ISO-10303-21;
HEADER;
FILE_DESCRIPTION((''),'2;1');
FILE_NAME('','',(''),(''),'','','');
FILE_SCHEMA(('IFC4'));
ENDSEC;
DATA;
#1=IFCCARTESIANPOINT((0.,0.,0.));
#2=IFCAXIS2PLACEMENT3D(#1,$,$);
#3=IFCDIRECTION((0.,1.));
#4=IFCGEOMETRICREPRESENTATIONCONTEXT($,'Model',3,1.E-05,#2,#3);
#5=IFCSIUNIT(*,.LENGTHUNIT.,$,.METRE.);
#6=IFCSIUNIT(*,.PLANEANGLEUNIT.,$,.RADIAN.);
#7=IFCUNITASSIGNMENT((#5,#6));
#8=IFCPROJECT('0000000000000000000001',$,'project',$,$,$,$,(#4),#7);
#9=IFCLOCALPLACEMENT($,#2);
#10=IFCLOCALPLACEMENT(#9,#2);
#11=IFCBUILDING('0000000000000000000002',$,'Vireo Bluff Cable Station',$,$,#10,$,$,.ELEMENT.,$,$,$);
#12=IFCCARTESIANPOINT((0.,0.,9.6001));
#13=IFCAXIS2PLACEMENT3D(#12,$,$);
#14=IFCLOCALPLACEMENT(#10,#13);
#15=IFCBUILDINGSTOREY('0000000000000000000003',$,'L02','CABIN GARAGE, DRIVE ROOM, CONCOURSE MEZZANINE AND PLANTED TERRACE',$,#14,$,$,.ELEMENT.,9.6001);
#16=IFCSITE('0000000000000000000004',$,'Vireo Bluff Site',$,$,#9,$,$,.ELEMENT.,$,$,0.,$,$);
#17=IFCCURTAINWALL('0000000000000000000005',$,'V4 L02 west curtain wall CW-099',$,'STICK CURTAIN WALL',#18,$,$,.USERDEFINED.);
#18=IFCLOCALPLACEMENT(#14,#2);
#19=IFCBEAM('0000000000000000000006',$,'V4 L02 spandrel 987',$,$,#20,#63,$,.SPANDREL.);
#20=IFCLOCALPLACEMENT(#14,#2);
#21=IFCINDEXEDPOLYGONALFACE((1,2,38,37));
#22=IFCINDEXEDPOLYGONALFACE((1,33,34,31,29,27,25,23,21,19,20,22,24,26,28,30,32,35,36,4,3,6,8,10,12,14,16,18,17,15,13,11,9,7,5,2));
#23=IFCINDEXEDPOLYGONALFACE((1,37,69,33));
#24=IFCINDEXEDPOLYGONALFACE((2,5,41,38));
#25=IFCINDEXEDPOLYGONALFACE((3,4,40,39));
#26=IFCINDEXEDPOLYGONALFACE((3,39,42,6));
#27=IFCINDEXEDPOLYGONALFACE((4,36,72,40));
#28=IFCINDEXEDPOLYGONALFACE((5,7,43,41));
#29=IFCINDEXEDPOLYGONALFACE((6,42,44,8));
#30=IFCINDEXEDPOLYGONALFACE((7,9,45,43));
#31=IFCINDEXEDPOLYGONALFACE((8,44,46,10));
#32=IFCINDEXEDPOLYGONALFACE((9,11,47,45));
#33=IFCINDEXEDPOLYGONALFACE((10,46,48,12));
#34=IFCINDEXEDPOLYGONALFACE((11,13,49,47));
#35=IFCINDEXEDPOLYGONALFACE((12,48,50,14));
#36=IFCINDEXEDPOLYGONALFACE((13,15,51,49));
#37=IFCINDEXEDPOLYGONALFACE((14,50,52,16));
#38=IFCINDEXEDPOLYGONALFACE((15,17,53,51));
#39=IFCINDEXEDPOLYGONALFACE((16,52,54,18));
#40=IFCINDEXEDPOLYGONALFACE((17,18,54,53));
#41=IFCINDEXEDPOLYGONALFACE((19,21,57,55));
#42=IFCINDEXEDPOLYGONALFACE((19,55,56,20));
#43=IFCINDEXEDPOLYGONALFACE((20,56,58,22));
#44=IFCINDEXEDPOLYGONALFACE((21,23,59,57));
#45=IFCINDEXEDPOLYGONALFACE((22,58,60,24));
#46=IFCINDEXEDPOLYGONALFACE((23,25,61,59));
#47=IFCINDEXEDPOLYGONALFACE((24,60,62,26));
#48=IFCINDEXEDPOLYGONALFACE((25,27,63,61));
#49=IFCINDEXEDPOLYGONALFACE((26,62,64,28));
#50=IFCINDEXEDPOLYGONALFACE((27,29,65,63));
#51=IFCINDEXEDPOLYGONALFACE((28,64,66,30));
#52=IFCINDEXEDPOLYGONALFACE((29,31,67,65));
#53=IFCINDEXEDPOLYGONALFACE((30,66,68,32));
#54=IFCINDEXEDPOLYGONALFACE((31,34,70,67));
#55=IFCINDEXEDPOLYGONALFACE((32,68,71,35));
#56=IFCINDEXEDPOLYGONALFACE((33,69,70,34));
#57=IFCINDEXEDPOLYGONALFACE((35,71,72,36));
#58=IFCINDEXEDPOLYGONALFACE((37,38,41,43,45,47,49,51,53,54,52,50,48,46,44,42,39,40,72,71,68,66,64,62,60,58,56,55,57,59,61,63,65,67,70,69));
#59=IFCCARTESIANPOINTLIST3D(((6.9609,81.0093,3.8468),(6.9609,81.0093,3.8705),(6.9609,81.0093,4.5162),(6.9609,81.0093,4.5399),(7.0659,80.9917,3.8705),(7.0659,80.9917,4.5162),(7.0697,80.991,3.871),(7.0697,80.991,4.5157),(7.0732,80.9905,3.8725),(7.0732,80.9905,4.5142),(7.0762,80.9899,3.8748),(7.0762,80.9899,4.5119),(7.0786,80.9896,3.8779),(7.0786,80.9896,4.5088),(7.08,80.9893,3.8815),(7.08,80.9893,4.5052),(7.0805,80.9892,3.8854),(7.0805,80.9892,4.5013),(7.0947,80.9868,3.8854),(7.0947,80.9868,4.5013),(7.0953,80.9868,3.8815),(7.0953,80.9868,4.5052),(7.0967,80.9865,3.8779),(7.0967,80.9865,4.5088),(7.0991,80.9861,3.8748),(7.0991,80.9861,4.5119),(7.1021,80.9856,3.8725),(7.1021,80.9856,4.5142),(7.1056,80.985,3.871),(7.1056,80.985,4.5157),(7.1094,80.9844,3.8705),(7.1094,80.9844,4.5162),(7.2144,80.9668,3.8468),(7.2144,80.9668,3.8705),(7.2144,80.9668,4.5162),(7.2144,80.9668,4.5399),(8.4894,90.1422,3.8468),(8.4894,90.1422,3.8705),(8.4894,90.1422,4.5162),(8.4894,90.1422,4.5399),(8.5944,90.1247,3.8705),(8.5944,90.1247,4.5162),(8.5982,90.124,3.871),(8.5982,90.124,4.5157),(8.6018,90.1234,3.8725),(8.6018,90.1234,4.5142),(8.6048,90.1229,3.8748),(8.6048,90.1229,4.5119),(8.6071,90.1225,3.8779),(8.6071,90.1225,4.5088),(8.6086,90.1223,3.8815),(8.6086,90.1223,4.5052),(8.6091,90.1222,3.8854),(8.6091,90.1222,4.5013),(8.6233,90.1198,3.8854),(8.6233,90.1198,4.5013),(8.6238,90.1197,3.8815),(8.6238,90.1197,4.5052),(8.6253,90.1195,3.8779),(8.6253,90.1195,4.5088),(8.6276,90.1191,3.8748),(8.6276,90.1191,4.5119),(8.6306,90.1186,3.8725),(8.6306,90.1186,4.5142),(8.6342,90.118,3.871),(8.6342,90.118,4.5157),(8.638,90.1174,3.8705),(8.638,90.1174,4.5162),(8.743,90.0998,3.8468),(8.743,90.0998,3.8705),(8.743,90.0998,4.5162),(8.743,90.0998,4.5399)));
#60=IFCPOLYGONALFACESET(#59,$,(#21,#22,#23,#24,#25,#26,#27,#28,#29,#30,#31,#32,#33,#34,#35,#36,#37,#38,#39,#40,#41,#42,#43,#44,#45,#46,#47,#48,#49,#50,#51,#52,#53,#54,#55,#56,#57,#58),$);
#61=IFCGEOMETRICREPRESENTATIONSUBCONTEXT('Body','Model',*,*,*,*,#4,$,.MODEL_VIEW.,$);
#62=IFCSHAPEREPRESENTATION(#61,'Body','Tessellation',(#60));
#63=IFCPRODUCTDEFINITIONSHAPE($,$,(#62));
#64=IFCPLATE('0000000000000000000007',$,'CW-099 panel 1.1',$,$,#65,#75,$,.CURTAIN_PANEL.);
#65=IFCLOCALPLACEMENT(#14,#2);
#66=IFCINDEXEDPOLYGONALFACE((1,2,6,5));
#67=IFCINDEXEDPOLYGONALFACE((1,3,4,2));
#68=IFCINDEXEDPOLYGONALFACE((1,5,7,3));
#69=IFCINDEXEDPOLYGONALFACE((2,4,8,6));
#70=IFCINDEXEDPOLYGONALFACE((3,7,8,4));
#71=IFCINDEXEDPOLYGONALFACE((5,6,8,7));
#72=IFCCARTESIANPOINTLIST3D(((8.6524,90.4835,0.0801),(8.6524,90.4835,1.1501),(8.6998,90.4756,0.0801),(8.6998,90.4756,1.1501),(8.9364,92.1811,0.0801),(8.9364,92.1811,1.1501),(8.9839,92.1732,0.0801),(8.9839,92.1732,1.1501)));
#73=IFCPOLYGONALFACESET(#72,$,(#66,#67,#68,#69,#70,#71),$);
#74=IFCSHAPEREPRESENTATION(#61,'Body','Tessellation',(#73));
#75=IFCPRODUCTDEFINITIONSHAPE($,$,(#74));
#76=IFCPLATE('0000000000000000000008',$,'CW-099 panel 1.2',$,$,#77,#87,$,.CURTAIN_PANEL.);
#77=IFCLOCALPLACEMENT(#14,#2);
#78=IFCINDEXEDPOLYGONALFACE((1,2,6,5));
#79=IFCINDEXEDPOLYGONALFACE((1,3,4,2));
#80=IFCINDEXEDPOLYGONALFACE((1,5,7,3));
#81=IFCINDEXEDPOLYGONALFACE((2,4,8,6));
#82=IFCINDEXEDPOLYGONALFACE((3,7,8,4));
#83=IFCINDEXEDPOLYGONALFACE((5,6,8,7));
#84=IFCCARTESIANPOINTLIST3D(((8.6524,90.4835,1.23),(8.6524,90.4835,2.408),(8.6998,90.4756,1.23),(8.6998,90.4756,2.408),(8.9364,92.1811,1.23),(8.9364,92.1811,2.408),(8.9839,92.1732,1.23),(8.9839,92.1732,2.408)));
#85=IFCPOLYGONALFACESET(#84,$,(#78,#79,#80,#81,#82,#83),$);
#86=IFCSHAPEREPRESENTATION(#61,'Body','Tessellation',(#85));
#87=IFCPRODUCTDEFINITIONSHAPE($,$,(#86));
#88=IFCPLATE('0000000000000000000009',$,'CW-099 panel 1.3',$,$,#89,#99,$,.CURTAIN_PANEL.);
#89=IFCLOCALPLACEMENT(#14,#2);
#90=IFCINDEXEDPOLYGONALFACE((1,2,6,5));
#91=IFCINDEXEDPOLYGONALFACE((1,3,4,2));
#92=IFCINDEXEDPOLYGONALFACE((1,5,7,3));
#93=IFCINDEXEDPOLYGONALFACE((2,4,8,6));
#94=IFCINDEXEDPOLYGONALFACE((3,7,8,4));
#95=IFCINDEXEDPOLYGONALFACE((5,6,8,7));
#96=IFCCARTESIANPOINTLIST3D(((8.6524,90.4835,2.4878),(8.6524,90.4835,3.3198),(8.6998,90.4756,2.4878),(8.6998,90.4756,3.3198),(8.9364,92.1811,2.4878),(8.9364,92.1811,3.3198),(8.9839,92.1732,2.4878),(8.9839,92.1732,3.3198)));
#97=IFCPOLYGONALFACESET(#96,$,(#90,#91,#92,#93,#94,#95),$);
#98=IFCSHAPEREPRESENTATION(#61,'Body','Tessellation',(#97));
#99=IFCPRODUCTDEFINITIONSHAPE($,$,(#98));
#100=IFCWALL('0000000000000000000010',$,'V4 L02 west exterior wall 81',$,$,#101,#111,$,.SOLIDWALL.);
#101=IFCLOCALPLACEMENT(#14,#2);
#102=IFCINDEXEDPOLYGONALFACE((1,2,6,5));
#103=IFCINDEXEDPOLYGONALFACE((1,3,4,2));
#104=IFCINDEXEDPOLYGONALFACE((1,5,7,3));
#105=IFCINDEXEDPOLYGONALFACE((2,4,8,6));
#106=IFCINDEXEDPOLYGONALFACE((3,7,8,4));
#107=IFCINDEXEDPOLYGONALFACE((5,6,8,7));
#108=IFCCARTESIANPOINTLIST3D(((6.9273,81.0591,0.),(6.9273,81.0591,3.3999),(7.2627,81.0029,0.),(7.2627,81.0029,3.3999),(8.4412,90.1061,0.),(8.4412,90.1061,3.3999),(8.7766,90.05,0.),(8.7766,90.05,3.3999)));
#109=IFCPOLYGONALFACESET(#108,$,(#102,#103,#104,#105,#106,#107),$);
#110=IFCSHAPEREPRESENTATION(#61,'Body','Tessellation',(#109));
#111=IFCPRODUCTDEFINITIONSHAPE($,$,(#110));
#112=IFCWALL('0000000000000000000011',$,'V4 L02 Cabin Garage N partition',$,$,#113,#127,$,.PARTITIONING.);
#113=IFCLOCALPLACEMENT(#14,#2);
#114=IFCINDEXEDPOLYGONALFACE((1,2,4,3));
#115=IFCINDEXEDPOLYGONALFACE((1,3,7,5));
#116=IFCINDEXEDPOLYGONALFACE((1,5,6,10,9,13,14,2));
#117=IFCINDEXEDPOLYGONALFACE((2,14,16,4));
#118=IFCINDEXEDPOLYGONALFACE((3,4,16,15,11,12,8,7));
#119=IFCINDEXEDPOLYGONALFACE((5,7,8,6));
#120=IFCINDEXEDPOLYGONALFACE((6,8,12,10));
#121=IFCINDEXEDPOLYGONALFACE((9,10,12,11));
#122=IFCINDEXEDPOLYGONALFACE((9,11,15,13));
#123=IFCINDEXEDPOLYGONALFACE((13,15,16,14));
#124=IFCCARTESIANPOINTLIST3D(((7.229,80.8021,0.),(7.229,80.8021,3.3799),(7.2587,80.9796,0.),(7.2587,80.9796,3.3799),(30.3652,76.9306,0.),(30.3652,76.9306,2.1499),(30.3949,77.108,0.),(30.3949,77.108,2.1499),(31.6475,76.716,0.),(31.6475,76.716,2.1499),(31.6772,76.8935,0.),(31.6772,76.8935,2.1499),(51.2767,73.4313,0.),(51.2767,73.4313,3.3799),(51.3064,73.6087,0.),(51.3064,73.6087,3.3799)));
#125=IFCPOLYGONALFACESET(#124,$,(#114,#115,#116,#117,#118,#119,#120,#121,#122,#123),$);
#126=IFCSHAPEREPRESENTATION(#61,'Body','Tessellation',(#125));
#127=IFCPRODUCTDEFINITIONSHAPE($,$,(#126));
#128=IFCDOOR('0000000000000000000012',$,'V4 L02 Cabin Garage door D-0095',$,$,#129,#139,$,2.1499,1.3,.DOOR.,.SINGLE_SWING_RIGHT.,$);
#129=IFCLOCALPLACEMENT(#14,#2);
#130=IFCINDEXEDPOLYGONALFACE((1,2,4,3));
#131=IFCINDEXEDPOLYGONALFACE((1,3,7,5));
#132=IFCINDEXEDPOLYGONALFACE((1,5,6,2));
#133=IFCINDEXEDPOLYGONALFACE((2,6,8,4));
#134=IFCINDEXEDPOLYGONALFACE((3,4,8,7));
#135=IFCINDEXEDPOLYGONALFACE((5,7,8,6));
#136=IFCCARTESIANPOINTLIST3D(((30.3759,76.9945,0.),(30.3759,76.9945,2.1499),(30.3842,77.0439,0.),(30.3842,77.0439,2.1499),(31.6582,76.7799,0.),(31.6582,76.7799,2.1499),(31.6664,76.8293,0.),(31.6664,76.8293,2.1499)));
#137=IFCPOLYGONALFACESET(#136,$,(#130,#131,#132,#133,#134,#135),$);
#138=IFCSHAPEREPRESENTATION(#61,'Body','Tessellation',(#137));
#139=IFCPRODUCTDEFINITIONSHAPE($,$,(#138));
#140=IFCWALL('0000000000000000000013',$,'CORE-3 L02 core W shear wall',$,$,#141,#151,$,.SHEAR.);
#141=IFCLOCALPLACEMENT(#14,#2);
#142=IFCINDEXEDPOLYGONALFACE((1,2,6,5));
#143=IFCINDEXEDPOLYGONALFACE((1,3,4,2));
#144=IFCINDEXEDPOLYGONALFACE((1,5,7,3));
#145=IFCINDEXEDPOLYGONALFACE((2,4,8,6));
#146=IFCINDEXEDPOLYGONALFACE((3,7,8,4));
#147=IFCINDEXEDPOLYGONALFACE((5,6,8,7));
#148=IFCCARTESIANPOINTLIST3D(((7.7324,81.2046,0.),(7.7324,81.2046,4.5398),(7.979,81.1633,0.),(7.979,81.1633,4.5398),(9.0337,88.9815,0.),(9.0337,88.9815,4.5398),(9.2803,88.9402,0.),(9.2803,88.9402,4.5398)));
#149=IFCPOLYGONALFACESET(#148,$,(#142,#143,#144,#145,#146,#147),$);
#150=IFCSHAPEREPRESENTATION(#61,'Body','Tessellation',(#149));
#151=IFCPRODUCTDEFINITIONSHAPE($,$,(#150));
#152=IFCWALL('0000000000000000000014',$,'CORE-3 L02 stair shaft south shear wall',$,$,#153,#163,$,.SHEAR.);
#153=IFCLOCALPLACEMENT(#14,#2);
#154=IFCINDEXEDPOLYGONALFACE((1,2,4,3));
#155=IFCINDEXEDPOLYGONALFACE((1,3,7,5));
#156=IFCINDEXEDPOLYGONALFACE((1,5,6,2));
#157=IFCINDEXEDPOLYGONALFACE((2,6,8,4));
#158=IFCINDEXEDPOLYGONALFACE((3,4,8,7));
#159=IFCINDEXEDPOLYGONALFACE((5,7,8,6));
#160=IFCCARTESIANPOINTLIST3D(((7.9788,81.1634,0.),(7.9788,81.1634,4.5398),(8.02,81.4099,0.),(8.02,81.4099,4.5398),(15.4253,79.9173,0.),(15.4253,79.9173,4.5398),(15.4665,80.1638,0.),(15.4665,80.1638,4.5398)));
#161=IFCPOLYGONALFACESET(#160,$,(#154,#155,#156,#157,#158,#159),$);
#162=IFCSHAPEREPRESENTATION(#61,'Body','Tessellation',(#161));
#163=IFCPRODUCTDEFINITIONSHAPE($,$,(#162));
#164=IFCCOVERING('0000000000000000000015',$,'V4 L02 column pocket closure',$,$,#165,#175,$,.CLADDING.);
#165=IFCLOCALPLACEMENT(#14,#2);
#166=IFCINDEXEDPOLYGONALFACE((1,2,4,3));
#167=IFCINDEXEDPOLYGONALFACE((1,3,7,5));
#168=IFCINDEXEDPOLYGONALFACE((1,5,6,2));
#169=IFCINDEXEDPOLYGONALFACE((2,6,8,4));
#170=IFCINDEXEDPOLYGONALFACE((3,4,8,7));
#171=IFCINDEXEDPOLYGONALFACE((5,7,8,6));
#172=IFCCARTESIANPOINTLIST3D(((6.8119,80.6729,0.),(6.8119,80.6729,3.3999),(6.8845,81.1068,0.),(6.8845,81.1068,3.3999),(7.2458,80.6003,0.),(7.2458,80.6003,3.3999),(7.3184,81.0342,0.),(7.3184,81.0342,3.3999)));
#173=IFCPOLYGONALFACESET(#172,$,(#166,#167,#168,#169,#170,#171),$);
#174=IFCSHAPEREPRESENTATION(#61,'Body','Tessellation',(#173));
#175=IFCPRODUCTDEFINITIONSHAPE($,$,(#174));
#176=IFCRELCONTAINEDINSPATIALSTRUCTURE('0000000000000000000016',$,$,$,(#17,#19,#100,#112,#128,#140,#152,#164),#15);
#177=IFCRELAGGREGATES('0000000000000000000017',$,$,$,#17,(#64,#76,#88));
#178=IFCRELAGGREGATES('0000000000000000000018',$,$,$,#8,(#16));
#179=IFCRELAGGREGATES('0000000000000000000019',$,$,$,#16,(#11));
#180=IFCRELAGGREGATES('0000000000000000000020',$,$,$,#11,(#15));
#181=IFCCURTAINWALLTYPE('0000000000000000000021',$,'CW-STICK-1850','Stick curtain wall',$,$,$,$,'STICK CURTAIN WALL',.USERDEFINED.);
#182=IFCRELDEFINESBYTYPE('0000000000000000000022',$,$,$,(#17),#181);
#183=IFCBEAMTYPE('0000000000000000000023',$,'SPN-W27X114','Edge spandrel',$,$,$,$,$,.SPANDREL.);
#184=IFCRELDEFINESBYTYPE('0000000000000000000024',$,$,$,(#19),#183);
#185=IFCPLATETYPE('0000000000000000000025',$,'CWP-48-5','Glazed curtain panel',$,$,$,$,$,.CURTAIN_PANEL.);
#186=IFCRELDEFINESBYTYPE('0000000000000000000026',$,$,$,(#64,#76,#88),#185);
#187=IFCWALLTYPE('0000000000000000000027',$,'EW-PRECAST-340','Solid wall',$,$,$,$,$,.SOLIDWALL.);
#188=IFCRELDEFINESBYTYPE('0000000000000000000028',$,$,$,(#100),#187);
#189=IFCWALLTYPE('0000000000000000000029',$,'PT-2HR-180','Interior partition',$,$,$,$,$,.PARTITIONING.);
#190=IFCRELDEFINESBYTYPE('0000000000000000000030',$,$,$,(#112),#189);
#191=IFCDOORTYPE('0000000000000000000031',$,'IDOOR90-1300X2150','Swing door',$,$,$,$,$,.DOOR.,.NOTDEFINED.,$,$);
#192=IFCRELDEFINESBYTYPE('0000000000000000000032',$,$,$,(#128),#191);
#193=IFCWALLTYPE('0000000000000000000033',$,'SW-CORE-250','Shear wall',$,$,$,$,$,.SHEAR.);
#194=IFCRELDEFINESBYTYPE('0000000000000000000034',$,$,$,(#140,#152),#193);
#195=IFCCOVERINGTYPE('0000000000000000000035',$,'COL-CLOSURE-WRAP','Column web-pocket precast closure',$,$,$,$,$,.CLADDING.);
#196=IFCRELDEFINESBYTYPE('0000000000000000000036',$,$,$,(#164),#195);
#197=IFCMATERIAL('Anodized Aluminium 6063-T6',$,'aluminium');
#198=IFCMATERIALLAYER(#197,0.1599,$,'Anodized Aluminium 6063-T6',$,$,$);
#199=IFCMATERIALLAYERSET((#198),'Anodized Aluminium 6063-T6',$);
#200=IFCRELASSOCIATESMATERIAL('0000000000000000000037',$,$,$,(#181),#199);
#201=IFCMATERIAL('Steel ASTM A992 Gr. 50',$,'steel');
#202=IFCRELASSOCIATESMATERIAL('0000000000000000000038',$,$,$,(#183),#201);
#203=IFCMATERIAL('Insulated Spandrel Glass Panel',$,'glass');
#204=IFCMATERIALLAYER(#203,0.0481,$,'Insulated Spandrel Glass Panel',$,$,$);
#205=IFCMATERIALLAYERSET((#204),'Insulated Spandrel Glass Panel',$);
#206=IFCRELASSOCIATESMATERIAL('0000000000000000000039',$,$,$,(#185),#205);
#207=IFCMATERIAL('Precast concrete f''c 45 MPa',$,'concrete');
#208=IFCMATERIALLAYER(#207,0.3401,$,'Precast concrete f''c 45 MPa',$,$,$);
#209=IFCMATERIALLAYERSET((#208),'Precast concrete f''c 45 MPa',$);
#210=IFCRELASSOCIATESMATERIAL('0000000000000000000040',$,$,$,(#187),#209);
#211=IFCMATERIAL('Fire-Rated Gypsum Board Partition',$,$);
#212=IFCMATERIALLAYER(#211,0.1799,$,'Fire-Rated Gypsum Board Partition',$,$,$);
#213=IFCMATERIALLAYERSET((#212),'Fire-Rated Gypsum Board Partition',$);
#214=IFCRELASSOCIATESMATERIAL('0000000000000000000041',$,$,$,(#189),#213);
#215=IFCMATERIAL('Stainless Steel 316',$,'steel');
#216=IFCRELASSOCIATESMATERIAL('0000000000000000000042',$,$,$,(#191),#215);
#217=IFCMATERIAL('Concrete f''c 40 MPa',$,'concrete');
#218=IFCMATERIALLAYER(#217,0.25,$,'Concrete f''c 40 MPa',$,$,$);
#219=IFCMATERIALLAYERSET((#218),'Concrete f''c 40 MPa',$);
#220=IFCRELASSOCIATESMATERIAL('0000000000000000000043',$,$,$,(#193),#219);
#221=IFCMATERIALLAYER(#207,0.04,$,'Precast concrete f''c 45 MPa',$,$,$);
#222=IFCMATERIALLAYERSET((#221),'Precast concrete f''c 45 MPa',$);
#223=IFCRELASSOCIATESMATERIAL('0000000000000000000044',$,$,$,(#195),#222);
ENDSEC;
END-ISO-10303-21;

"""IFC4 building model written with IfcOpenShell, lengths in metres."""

from ifc_helpers import new_model, si_unit, direction, frame, frame_2d, origin, origin_with_axes, origin_2d, place, context, subcontext, project, spatial, rectangle, i_section, extrude, material, layer, layer_set, material_profile, profile_set, type_object, element, fill, aggregate, save


model = new_model("IFC4")

# Units and contexts
model_context = context("Model", 3, precision=1e-05, world=origin(), true_north=direction((0.0, 1.0)))
body_context = subcontext(model_context, "Body", "Model", "MODEL_VIEW")
ifc_project = project(units=[si_unit("LENGTHUNIT", "METRE"), si_unit("PLANEANGLEUNIT", "RADIAN")], contexts=[model_context])

# Site, building, storey
site_placement = place(None, origin())
site = spatial("IfcSite", under=ifc_project, at=site_placement, Name="Vireo Bluff Site", CompositionType="ELEMENT", RefElevation=0.0)
building_placement = place(site_placement, origin())
building = spatial("IfcBuilding", under=site, at=building_placement, Name="Vireo Bluff Cable Station", CompositionType="ELEMENT")
storey_placement = place(building_placement, frame((0.0, 0.0, 9.6001)))
storey = spatial("IfcBuildingStorey", under=building, at=storey_placement, Name="L02", Description="CABIN GARAGE, DRIVE ROOM, CONCOURSE MEZZANINE AND PLANTED TERRACE", CompositionType="ELEMENT", Elevation=9.6001)

# Shared definitions
ifc_material_1 = material(Name="Steel ASTM A992 Gr. 50", Category="steel")

# Curtain wall
ifc_material_2 = material(Name="Anodized Aluminium 6063-T6", Category="aluminium")
ifc_layer_1 = layer(ifc_material_2, 0.1599, Name="Anodized Aluminium 6063-T6")
ifc_layer_set_1 = layer_set([ifc_layer_1], Name="Anodized Aluminium 6063-T6")
curtain_wall_type = type_object("IfcCurtainWallType", Name="CW-STICK-1850", Description="Stick curtain wall", ElementType="STICK CURTAIN WALL", PredefinedType="USERDEFINED", material=ifc_layer_set_1)
curtain_wall_placement = place(storey_placement, origin())
curtain_wall = element("IfcCurtainWall", 1, at=curtain_wall_placement, inside=storey, type_object=curtain_wall_type, Name="V4 L02 west curtain wall CW-099", ObjectType="STICK CURTAIN WALL", PredefinedType="USERDEFINED")

# Beam
ifc_material_profile_1 = material_profile(ifc_material_1, i_section(OverallWidth=0.2571, OverallDepth=0.6931, WebThickness=0.0144, FlangeThickness=0.0237, FilletRadius=0.0149, at=origin_2d()), Name="W27X114")
ifc_profile_set_1 = profile_set([ifc_material_profile_1], Name="Steel ASTM A992 Gr. 50")
beam_type_1 = type_object("IfcBeamType", Name="SPN-W27X114", Description="Edge spandrel", PredefinedType="SPANDREL", material=ifc_profile_set_1)
beam_1_placement = place(storey_placement, frame((7.0876, 80.988, 4.1934), z_axis=(0.16507, 0.986282, 0.0), x_axis=(-0.986282, 0.16507, 0.0)))
element("IfcBeam", 2, at=beam_1_placement, inside=storey, type_object=beam_type_1, Name="V4 L02 spandrel 987", PredefinedType="SPANDREL", context=body_context, shape_type="SweptSolid", body=[
    extrude(i_section(OverallWidth=0.2571, OverallDepth=0.6931, WebThickness=0.0144, FlangeThickness=0.0237, FilletRadius=0.0149, at=origin_2d()), origin(), (0.0, 0.0, 1.0), 9.26),
])

# Plates
ifc_material_3 = material(Name="Insulated Spandrel Glass Panel", Category="glass")
ifc_layer_2 = layer(ifc_material_3, 0.0481, Name="Insulated Spandrel Glass Panel")
ifc_layer_set_2 = layer_set([ifc_layer_2], Name="Insulated Spandrel Glass Panel")
plate_type = type_object("IfcPlateType", Name="CWP-48-5", Description="Glazed curtain panel", PredefinedType="CURTAIN_PANEL", material=ifc_layer_set_2)
plate_1_placement = place(storey_placement, frame((8.8181, 91.3284, 0.0801), z_axis=(0.0, 0.0, 1.0), x_axis=(0.165048, 0.986286, 0.0)))
plate_1 = element("IfcPlate", 3, at=plate_1_placement, type_object=plate_type, Name="CW-099 panel 1.1", PredefinedType="CURTAIN_PANEL", context=body_context, shape_type="SweptSolid", body=[
    extrude(rectangle(XDim=1.7212, YDim=0.0481, at=origin_2d()), origin(), (0.0, 0.0, 1.0), 1.0701),
])
plate_2_placement = place(storey_placement, frame((8.8181, 91.3284, 1.23), z_axis=(0.0, 0.0, 1.0), x_axis=(0.165048, 0.986286, 0.0)))
plate_2 = element("IfcPlate", 4, at=plate_2_placement, type_object=plate_type, Name="CW-099 panel 1.2", PredefinedType="CURTAIN_PANEL", context=body_context, shape_type="SweptSolid", body=[
    extrude(rectangle(XDim=1.7212, YDim=0.0481, at=origin_2d()), origin(), (0.0, 0.0, 1.0), 1.178),
])
plate_3_placement = place(storey_placement, frame((8.8181, 91.3284, 2.4878), z_axis=(0.0, 0.0, 1.0), x_axis=(0.165048, 0.986286, 0.0)))
plate_3 = element("IfcPlate", 5, at=plate_3_placement, type_object=plate_type, Name="CW-099 panel 1.3", PredefinedType="CURTAIN_PANEL", context=body_context, shape_type="SweptSolid", body=[
    extrude(rectangle(XDim=1.7212, YDim=0.0481, at=origin_2d()), origin(), (0.0, 0.0, 1.0), 0.832),
])
aggregate(curtain_wall, [plate_1, plate_2, plate_3])

# Wall
ifc_material_4 = material(Name="Precast concrete f'c 45 MPa", Category="concrete")
ifc_layer_3 = layer(ifc_material_4, 0.3401, Name="Precast concrete f'c 45 MPa")
ifc_layer_set_3 = layer_set([ifc_layer_3], Name="Precast concrete f'c 45 MPa")
wall_type_1 = type_object("IfcWallType", Name="EW-PRECAST-340", Description="Solid wall", PredefinedType="SOLIDWALL", material=ifc_layer_set_3)
wall_1_placement = place(storey_placement, frame((7.095, 81.031, 0.0), z_axis=(0.0, 0.0, 1.0), x_axis=(0.165042, 0.986287, 0.0)))
element("IfcWall", 6, at=wall_1_placement, inside=storey, type_object=wall_type_1, Name="V4 L02 west exterior wall 81", PredefinedType="SOLIDWALL", context=body_context, shape_type="SweptSolid", body=[
    extrude(rectangle(XDim=9.1729, YDim=0.3401, at=frame_2d((4.5864, 0.0))), origin(), (0.0, 0.0, 1.0), 3.3999),
])

# Wall, opening, door
ifc_material_5 = material(Name="Fire-Rated Gypsum Board Partition")
ifc_layer_4 = layer(ifc_material_5, 0.1799, Name="Fire-Rated Gypsum Board Partition")
ifc_layer_set_4 = layer_set([ifc_layer_4], Name="Fire-Rated Gypsum Board Partition")
wall_type_2 = type_object("IfcWallType", Name="PT-2HR-180", Description="Interior partition", PredefinedType="PARTITIONING", material=ifc_layer_set_4)
wall_2_placement = place(storey_placement, frame((7.2439, 80.8909, 0.0), z_axis=(0.0, 0.0, 1.0), x_axis=(0.986286, -0.165043, 0.0)))
wall_2 = element("IfcWall", 7, at=wall_2_placement, inside=storey, type_object=wall_type_2, Name="V4 L02 Cabin Garage N partition", PredefinedType="PARTITIONING", context=body_context, shape_type="SweptSolid", body=[
    extrude(rectangle(XDim=44.6602, YDim=0.1799, at=frame_2d((22.3301, 0.0))), origin(), (0.0, 0.0, 1.0), 3.3799),
])
opening_placement = place(wall_2_placement, frame((23.458, 0.0, 0.0)))
opening = element("IfcOpeningElement", 8, at=opening_placement, cuts=wall_2, PredefinedType="OPENING", context=body_context, shape_type="SweptSolid", body=[
    extrude(rectangle(XDim=1.3, YDim=2.1499, at=frame_2d((0.6499, 1.075))), frame((0.0, 0.1001, 0.0), z_axis=(0.0, -1.0, 0.0), x_axis=(1.0, 0.0, 0.0)), (0.0, 0.0, 1.0), 0.2),
])
ifc_material_6 = material(Name="Stainless Steel 316", Category="steel")
door_type = type_object("IfcDoorType", Name="IDOOR90-1300X2150", Description="Swing door", OperationType="NOTDEFINED", PredefinedType="DOOR", material=ifc_material_6)
door_placement = place(opening_placement, origin_with_axes())
door = element("IfcDoor", 9, at=door_placement, inside=storey, type_object=door_type, Name="V4 L02 Cabin Garage door D-0095", OperationType="SINGLE_SWING_RIGHT", OverallHeight=2.1499, OverallWidth=1.3, PredefinedType="DOOR", context=body_context, shape_type="SweptSolid", body=[
    extrude(rectangle(XDim=1.3, YDim=2.1499, at=frame_2d((0.6499, 1.075))), frame((0.0, 0.0249, 0.0), z_axis=(0.0, -1.0, 0.0), x_axis=(1.0, 0.0, 0.0)), (0.0, 0.0, 1.0), 0.05),
])
fill(opening, door)

# Walls
ifc_material_7 = material(Name="Concrete f'c 40 MPa", Category="concrete")
ifc_layer_5 = layer(ifc_material_7, 0.25, Name="Concrete f'c 40 MPa")
ifc_layer_set_5 = layer_set([ifc_layer_5], Name="Concrete f'c 40 MPa")
wall_type_3 = type_object("IfcWallType", Name="SW-CORE-250", Description="Shear wall", PredefinedType="SHEAR", material=ifc_layer_set_5)
wall_3_placement = place(storey_placement, frame((7.8557, 81.1841, 0.0), z_axis=(0.0, 0.0, 1.0), x_axis=(0.165032, 0.986288, 0.0)))
element("IfcWall", 10, at=wall_3_placement, inside=storey, type_object=wall_type_3, Name="CORE-3 L02 core W shear wall", PredefinedType="SHEAR", context=body_context, shape_type="SweptSolid", body=[
    extrude(rectangle(XDim=7.885, YDim=0.25, at=frame_2d((3.9424, 0.0))), origin(), (0.0, 0.0, 1.0), 4.5398),
])
wall_4_placement = place(storey_placement, frame((7.9995, 81.2866, 0.0), z_axis=(0.0, 0.0, 1.0), x_axis=(0.986286, -0.165044, 0.0)))
element("IfcWall", 11, at=wall_4_placement, inside=storey, type_object=wall_type_3, Name="CORE-3 L02 stair shaft south shear wall", PredefinedType="SHEAR", context=body_context, shape_type="SweptSolid", body=[
    extrude(rectangle(XDim=7.55, YDim=0.25, at=frame_2d((3.7749, 0.0))), origin(), (0.0, 0.0, 1.0), 4.5398),
])

# Covering
ifc_layer_6 = layer(ifc_material_4, 0.04, Name="Precast concrete f'c 45 MPa")
ifc_layer_set_6 = layer_set([ifc_layer_6], Name="Precast concrete f'c 45 MPa")
covering_type = type_object("IfcCoveringType", Name="COL-CLOSURE-WRAP", Description="Column web-pocket precast closure", PredefinedType="CLADDING", material=ifc_layer_set_6)
for number, where, z_axis, x_axis, name in (
    (12, (7.0652, 80.8535, 0.0), (0.0, 0.0, 1.0), (0.986286, -0.165048, 0.0), "V4 L02 column pocket closure"),
):
    element("IfcCovering", number, at=place(storey_placement, frame(where, z_axis=z_axis, x_axis=x_axis)), inside=storey, type_object=covering_type, Name=name, PredefinedType="CLADDING", context=body_context, shape_type="SweptSolid", body=[
        extrude(rectangle(XDim=0.4399, YDim=0.4399, at=origin_2d()), origin(), (0.0, 0.0, 1.0), 3.3999),
    ])

save(model, "model.ifc")
